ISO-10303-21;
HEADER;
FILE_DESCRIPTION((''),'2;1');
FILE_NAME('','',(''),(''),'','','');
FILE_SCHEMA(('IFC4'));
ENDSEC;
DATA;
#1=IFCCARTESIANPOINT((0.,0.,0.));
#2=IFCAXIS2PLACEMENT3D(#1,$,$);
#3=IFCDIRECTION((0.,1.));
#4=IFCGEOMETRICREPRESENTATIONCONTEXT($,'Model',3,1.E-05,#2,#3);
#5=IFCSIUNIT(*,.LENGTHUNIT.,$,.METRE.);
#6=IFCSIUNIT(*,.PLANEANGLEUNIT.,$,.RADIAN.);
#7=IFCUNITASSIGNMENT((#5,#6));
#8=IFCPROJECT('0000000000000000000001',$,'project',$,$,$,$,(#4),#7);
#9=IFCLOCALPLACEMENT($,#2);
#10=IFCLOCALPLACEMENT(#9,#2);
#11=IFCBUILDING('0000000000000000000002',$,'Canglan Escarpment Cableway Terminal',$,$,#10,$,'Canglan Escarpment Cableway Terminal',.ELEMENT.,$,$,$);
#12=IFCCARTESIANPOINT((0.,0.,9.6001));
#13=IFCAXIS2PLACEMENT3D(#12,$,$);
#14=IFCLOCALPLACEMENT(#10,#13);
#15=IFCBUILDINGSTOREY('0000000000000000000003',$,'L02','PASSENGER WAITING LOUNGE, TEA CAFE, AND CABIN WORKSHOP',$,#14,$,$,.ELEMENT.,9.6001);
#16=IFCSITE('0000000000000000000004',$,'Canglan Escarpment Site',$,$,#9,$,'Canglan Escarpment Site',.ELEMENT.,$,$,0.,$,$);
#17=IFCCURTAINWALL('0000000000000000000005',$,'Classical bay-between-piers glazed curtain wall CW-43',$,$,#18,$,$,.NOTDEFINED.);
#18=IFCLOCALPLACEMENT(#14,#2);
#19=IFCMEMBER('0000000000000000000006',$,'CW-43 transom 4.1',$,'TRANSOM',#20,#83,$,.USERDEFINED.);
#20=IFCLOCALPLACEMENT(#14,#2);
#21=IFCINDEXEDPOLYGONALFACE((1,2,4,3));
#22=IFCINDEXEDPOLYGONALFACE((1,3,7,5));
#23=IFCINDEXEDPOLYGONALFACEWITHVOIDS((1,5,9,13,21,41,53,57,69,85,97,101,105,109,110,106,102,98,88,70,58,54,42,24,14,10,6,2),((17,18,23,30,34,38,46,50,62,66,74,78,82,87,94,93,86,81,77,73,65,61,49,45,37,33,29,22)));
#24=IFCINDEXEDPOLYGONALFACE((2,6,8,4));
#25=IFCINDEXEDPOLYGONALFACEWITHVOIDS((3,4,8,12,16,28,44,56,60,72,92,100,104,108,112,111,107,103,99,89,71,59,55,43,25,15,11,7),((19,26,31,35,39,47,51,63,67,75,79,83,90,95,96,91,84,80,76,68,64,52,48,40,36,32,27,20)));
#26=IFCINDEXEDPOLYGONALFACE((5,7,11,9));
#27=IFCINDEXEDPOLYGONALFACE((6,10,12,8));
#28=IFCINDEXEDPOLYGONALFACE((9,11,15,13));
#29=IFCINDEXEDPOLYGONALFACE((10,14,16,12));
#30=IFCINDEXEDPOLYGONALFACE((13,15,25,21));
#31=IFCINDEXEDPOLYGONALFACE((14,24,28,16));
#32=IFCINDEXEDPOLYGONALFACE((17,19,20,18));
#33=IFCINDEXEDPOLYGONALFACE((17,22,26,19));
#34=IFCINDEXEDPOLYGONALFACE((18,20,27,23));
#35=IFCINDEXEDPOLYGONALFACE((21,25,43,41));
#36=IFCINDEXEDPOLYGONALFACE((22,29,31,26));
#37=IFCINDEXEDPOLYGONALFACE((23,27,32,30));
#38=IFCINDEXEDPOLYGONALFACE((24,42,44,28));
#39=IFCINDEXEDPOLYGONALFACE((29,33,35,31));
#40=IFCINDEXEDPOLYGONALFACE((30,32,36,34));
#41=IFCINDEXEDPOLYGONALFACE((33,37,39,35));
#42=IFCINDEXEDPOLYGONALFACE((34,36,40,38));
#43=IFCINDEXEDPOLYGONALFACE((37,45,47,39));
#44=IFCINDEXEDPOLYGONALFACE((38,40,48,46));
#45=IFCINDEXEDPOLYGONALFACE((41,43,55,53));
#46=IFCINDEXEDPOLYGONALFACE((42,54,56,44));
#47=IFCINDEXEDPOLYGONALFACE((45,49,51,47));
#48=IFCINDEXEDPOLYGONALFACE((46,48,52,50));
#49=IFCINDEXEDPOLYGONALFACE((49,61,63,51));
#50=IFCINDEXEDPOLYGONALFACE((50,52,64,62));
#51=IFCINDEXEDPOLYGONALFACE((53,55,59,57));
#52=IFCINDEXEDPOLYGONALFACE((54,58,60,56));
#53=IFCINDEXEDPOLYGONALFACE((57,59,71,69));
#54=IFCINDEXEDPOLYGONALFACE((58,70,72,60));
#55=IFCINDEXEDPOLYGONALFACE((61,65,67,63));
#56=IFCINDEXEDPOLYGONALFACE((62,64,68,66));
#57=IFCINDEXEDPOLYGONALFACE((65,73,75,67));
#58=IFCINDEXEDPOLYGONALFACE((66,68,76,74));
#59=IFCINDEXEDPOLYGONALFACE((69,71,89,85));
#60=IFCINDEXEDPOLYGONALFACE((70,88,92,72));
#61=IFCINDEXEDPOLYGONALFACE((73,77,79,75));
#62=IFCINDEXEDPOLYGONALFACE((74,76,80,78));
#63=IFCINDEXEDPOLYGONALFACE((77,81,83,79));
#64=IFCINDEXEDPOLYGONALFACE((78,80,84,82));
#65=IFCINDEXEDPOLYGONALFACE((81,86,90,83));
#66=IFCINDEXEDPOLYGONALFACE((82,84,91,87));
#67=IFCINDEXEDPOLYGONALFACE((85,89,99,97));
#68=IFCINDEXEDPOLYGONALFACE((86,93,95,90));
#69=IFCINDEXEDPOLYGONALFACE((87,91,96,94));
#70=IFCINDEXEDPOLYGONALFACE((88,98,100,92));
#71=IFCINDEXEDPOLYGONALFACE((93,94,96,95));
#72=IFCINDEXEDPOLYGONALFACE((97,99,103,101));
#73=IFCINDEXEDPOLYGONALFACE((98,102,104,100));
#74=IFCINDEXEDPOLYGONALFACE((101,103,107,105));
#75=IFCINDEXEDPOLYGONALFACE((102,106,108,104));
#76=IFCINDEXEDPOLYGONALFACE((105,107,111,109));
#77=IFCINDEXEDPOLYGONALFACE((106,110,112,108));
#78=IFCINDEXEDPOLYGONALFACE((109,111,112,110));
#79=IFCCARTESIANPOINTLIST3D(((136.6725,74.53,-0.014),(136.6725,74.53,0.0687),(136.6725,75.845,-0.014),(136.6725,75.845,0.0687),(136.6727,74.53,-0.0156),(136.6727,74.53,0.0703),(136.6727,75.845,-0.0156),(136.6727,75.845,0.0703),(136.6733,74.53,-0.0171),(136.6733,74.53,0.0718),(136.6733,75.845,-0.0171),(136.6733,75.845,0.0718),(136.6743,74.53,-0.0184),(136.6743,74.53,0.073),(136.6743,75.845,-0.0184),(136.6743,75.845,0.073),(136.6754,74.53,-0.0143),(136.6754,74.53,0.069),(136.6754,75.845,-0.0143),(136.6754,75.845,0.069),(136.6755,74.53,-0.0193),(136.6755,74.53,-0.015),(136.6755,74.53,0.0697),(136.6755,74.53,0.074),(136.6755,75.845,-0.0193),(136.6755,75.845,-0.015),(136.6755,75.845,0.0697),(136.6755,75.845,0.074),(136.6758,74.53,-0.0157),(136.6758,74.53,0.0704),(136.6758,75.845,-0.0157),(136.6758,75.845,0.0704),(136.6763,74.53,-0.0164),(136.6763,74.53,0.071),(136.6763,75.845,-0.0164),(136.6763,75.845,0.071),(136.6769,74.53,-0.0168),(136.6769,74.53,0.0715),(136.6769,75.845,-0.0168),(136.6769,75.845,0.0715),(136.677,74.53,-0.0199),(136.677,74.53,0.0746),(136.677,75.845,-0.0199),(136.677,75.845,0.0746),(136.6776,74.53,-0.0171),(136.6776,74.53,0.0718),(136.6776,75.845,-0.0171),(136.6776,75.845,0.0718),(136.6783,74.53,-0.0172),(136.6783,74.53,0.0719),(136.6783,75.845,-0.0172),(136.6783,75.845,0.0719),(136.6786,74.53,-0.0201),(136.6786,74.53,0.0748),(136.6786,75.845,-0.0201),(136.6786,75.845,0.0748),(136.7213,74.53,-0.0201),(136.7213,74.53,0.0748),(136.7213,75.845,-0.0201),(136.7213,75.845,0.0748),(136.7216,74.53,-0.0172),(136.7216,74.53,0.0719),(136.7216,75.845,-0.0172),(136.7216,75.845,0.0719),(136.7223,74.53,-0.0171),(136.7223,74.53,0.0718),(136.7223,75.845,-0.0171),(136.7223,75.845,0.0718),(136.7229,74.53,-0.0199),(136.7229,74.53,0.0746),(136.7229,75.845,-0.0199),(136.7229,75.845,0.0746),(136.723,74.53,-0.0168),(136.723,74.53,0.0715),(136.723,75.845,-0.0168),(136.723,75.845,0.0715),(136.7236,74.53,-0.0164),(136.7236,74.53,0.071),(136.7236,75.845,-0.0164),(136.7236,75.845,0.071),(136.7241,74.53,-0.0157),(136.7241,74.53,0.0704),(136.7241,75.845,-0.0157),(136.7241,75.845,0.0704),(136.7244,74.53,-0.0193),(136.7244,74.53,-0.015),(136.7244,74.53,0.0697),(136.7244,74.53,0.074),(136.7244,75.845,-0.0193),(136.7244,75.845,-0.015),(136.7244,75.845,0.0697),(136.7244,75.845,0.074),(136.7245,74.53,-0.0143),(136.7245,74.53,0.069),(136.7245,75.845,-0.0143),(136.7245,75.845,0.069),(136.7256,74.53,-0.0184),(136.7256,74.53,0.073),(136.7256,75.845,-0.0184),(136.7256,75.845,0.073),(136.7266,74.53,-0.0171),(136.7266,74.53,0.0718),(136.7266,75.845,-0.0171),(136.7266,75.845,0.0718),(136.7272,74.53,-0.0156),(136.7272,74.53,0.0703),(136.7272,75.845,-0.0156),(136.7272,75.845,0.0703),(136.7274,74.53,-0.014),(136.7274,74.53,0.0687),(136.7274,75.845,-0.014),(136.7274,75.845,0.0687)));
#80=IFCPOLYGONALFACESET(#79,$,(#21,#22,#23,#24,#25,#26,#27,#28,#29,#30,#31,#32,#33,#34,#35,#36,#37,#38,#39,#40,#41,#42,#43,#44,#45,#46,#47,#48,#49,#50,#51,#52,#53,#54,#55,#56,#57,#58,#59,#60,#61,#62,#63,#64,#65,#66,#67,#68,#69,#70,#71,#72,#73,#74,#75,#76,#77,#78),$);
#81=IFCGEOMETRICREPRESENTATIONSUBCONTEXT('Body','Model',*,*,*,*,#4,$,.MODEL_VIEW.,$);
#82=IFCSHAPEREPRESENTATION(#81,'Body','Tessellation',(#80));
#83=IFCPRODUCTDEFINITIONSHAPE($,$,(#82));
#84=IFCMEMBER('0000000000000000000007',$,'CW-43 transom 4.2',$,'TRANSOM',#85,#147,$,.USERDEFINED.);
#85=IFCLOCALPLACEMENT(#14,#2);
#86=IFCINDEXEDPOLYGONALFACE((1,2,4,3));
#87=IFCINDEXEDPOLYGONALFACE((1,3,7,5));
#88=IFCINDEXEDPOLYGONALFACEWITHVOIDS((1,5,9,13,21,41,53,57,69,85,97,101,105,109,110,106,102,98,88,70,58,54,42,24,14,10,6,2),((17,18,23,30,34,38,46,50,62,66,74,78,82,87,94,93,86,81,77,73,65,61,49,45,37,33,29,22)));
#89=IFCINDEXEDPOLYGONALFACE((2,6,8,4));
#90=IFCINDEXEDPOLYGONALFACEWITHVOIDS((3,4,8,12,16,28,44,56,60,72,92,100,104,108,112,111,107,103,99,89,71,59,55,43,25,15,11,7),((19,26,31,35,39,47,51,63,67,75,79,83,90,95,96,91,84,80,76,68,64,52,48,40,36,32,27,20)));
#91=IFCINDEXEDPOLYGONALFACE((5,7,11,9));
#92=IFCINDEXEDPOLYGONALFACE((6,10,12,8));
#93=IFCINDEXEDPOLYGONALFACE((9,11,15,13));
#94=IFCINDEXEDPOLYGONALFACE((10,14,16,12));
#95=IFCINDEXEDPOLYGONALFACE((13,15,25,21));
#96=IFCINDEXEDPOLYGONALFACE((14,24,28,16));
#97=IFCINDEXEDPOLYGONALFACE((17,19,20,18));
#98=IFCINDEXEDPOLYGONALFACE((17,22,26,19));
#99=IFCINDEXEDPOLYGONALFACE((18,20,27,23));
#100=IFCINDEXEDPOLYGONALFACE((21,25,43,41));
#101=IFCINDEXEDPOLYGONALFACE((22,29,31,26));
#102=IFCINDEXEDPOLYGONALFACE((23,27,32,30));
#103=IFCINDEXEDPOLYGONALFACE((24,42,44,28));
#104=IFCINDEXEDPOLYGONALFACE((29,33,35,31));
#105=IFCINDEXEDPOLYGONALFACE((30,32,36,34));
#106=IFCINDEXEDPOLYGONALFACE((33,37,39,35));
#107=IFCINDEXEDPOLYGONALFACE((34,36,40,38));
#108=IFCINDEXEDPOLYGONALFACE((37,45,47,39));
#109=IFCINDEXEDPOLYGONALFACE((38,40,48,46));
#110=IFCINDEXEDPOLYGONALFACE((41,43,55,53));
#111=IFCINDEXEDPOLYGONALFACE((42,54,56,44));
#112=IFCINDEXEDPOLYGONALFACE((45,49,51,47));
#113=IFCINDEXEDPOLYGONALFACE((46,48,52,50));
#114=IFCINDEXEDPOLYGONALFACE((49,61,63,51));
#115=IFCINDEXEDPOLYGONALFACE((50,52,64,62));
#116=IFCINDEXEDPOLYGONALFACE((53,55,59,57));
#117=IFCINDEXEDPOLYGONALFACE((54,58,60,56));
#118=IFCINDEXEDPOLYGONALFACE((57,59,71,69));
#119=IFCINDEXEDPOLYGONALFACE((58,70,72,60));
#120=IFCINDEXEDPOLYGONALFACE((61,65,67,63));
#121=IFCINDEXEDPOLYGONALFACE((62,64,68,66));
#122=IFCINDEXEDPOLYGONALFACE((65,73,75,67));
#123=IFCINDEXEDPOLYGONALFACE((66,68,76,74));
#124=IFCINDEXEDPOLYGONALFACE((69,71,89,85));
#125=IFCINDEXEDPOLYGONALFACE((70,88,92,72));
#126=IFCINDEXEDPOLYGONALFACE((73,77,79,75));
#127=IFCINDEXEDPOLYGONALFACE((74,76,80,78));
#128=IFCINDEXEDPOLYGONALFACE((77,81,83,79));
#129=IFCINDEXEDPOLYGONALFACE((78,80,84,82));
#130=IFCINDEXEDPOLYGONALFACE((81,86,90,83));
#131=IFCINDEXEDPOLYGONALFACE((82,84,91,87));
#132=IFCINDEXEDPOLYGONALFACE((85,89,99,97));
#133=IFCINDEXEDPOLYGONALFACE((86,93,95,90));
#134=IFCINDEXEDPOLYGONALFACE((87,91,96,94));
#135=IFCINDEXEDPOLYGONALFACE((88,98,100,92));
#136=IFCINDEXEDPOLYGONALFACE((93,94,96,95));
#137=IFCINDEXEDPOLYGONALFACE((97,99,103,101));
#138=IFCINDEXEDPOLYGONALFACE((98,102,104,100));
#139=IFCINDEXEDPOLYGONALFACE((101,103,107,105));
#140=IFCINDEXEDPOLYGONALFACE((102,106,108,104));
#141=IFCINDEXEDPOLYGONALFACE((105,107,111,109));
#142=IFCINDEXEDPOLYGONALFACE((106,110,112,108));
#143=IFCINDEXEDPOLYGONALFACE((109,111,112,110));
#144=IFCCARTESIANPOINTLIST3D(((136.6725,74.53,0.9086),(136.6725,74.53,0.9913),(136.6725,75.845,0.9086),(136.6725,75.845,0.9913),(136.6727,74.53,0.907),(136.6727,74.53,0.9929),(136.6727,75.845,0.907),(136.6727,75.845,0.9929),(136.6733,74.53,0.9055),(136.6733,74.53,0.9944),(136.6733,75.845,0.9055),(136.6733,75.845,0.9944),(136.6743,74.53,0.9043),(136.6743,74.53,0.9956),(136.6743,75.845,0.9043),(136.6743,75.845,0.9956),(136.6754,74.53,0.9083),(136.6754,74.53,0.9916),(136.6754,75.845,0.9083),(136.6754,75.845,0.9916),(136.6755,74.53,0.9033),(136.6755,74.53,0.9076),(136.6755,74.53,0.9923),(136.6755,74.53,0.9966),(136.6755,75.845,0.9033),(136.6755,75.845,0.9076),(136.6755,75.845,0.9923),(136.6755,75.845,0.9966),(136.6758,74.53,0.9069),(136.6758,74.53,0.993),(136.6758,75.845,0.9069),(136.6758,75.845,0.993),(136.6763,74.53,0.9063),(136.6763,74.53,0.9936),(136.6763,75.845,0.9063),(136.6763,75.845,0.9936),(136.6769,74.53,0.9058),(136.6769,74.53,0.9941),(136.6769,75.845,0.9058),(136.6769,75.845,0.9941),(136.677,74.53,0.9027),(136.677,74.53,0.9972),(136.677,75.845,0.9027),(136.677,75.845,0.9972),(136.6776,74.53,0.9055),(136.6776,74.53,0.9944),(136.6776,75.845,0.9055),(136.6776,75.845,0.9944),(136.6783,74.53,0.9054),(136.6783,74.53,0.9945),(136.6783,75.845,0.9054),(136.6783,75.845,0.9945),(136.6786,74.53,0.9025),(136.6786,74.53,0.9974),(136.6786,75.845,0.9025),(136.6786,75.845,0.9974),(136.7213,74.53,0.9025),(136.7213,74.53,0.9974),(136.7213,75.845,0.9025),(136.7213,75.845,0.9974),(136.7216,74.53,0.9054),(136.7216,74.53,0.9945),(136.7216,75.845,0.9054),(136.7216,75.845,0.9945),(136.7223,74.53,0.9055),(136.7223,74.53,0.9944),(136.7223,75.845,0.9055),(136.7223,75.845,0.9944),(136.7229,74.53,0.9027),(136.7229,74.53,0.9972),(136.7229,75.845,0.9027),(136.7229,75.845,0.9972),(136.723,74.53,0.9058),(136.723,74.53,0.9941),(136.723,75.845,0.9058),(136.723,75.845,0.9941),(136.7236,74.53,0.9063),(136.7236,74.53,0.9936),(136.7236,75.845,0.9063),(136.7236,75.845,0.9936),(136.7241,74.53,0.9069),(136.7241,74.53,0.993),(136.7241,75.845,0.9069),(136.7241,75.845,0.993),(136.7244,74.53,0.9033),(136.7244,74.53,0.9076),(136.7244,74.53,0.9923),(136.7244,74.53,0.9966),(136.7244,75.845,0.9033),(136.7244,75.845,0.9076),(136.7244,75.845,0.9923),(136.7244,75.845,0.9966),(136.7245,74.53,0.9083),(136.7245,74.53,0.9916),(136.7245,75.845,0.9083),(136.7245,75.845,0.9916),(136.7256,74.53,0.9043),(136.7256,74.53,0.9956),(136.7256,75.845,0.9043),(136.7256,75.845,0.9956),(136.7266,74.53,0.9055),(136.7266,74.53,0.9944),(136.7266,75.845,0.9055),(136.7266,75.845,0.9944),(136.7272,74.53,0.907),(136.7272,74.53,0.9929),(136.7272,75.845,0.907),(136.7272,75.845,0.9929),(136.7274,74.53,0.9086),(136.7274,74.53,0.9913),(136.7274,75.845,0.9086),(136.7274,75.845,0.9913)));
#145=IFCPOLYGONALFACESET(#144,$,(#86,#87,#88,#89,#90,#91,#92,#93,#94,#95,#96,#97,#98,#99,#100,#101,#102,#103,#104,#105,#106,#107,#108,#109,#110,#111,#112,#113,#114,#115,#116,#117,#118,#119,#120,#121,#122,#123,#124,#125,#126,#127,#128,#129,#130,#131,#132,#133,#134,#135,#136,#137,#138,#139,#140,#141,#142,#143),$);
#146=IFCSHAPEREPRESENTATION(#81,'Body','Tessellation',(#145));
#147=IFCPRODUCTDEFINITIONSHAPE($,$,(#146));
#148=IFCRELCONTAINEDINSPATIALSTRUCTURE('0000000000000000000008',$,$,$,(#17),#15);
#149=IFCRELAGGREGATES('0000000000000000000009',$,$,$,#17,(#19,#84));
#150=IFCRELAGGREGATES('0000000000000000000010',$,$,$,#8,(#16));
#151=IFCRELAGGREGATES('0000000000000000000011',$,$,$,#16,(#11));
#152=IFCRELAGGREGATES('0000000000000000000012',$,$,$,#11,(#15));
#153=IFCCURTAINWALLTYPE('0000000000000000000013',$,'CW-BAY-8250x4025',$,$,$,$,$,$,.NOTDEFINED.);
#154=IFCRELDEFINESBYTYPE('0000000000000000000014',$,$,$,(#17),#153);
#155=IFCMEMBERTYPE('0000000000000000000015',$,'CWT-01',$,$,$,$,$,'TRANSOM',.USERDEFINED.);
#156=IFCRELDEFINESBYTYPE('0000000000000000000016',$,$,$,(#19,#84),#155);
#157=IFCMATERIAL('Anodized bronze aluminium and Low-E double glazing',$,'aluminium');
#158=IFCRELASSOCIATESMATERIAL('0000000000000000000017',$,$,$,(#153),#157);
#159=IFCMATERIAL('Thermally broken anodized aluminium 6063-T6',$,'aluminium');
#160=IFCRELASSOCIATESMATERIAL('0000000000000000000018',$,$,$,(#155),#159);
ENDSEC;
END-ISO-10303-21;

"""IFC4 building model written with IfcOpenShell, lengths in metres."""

from ifc_helpers import new_model, si_unit, direction, frame, origin, origin_2d, place, context, subcontext, project, spatial, hollow_rectangle, extrude, material, material_profile, profile_set, type_object, element, aggregate, save


model = new_model("IFC4")

# Units and contexts
model_context = context("Model", 3, precision=1e-05, world=origin(), true_north=direction((0.0, 1.0)))
body_context = subcontext(model_context, "Body", "Model", "MODEL_VIEW")
ifc_project = project(units=[si_unit("LENGTHUNIT", "METRE"), si_unit("PLANEANGLEUNIT", "RADIAN")], contexts=[model_context])

# Site, building, storey
site_placement = place(None, origin())
site = spatial("IfcSite", under=ifc_project, at=site_placement, Name="Canglan Escarpment Site", LongName="Canglan Escarpment Site", CompositionType="ELEMENT", RefElevation=0.0)
building_placement = place(site_placement, origin())
building = spatial("IfcBuilding", under=site, at=building_placement, Name="Canglan Escarpment Cableway Terminal", LongName="Canglan Escarpment Cableway Terminal", CompositionType="ELEMENT")
storey_placement = place(building_placement, frame((0.0, 0.0, 9.6001)))
storey = spatial("IfcBuildingStorey", under=building, at=storey_placement, Name="L02", Description="PASSENGER WAITING LOUNGE, TEA CAFE, AND CABIN WORKSHOP", CompositionType="ELEMENT", Elevation=9.6001)

# Curtain wall, members
ifc_material_1 = material(Name="Anodized bronze aluminium and Low-E double glazing", Category="aluminium")
curtain_wall_type = type_object("IfcCurtainWallType", Name="CW-BAY-8250x4025", PredefinedType="NOTDEFINED", material=ifc_material_1)
curtain_wall_placement = place(storey_placement, origin())
curtain_wall = element("IfcCurtainWall", 1, at=curtain_wall_placement, inside=storey, type_object=curtain_wall_type, Name="Classical bay-between-piers glazed curtain wall CW-43", PredefinedType="NOTDEFINED")
ifc_material_2 = material(Name="Thermally broken anodized aluminium 6063-T6", Category="aluminium")
ifc_material_profile_1 = material_profile(ifc_material_2, hollow_rectangle(XDim=0.0549, YDim=0.095, WallThickness=0.0029, InnerFilletRadius=0.0029, OuterFilletRadius=0.0061, at=origin_2d()), Name="ALU-TRAN 55x95x3")
ifc_profile_set_1 = profile_set([ifc_material_profile_1], Name="Thermally broken anodized aluminium 6063-T6")
member_type_1 = type_object("IfcMemberType", Name="CWT-01", ElementType="TRANSOM", PredefinedType="USERDEFINED", material=ifc_profile_set_1)
member_1_placement = place(storey_placement, frame((136.7, 74.53, 0.0273), z_axis=(0.0, 1.0, 0.0), x_axis=(-1.0, 0.0, 0.0)))
member_1 = element("IfcMember", 2, at=member_1_placement, type_object=member_type_1, Name="CW-43 transom 4.1", ObjectType="TRANSOM", PredefinedType="USERDEFINED", context=body_context, shape_type="SweptSolid", body=[
    extrude(hollow_rectangle(XDim=0.0549, YDim=0.095, WallThickness=0.0029, InnerFilletRadius=0.0029, OuterFilletRadius=0.0061, at=origin_2d()), origin(), (0.0, 0.0, 1.0), 1.3149),
])
member_2_placement = place(storey_placement, frame((136.7, 74.53, 0.95), z_axis=(0.0, 1.0, 0.0), x_axis=(-1.0, 0.0, 0.0)))
member_2 = element("IfcMember", 3, at=member_2_placement, type_object=member_type_1, Name="CW-43 transom 4.2", ObjectType="TRANSOM", PredefinedType="USERDEFINED", context=body_context, shape_type="SweptSolid", body=[
    extrude(hollow_rectangle(XDim=0.0549, YDim=0.095, WallThickness=0.0029, InnerFilletRadius=0.0029, OuterFilletRadius=0.0061, at=origin_2d()), origin(), (0.0, 0.0, 1.0), 1.3149),
])
aggregate(curtain_wall, [member_1, member_2])

save(model, "model.ifc")
